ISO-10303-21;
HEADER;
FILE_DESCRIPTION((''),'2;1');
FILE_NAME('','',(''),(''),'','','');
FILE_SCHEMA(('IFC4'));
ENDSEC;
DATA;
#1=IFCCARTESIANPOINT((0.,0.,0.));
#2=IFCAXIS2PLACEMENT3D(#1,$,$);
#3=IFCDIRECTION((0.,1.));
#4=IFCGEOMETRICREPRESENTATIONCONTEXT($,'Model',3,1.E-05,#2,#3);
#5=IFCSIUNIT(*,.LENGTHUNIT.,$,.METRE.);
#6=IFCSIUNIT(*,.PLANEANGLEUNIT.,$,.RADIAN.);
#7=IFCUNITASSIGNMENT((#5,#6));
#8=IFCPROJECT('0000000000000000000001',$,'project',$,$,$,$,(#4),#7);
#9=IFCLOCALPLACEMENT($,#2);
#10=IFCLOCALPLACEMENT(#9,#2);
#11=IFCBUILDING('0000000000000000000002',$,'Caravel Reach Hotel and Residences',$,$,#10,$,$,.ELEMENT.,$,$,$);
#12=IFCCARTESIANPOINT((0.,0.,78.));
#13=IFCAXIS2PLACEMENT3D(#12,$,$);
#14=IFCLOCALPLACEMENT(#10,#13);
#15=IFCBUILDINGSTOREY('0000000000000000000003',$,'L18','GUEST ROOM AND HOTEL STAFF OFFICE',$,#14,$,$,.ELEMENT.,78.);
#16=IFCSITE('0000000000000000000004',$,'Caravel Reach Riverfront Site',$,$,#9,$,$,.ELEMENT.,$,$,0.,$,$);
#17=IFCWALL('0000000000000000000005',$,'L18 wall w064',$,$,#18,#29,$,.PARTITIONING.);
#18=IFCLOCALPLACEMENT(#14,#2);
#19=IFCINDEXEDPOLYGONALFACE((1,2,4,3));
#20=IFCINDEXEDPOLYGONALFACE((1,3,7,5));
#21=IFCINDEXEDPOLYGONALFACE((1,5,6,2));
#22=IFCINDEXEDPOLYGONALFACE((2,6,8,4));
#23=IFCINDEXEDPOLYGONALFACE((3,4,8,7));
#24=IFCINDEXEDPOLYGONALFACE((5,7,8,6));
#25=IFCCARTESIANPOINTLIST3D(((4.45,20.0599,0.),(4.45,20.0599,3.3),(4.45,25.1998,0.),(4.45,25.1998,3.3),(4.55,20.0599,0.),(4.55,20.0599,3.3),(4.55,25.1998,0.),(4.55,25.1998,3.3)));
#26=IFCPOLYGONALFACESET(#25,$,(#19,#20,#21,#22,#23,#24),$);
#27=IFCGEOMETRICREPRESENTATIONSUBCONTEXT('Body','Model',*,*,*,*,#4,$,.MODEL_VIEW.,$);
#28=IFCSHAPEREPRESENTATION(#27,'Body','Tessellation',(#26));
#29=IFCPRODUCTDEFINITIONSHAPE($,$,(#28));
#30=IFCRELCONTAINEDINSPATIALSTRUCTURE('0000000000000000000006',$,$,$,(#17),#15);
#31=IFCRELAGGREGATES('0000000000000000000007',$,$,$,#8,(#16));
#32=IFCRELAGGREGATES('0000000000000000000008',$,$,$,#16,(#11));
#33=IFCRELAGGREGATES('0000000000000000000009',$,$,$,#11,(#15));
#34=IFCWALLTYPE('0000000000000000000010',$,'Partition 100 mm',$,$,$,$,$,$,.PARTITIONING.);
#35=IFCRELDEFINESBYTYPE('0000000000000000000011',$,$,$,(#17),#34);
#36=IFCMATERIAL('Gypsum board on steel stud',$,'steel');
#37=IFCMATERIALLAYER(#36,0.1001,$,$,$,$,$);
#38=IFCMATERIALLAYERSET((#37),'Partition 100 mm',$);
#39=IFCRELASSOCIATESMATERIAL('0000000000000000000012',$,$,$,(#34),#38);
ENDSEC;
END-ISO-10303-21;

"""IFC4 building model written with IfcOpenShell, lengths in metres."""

from ifc_helpers import new_model, si_unit, direction, frame, frame_2d, origin, place, context, subcontext, project, spatial, rectangle, extrude, material, layer, layer_set, type_object, element, save


model = new_model("IFC4")

# Units and contexts
model_context = context("Model", 3, precision=1e-05, world=origin(), true_north=direction((0.0, 1.0)))
body_context = subcontext(model_context, "Body", "Model", "MODEL_VIEW")
ifc_project = project(units=[si_unit("LENGTHUNIT", "METRE"), si_unit("PLANEANGLEUNIT", "RADIAN")], contexts=[model_context])

# Site, building, storey
site_placement = place(None, origin())
site = spatial("IfcSite", under=ifc_project, at=site_placement, Name="Caravel Reach Riverfront Site", CompositionType="ELEMENT", RefElevation=0.0)
building_placement = place(site_placement, origin())
building = spatial("IfcBuilding", under=site, at=building_placement, Name="Caravel Reach Hotel and Residences", CompositionType="ELEMENT")
storey_placement = place(building_placement, frame((0.0, 0.0, 78.0)))
storey = spatial("IfcBuildingStorey", under=building, at=storey_placement, Name="L18", Description="GUEST ROOM AND HOTEL STAFF OFFICE", CompositionType="ELEMENT", Elevation=78.0)

# Wall
ifc_material_1 = material(Name="Gypsum board on steel stud", Category="steel")
ifc_layer_1 = layer(ifc_material_1, 0.1001)
ifc_layer_set_1 = layer_set([ifc_layer_1], Name="Partition 100 mm")
wall_type_1 = type_object("IfcWallType", Name="Partition 100 mm", PredefinedType="PARTITIONING", material=ifc_layer_set_1)
wall_1_placement = place(storey_placement, frame((4.5, 20.0601, 0.0), z_axis=(0.0, 0.0, 1.0), x_axis=(0.0, 1.0, 0.0)))
element("IfcWall", 1, at=wall_1_placement, inside=storey, type_object=wall_type_1, Name="L18 wall w064", PredefinedType="PARTITIONING", context=body_context, shape_type="SweptSolid", body=[
    extrude(rectangle(XDim=5.1399, YDim=0.1001, at=frame_2d((2.5698, 0.0))), origin(), (0.0, 0.0, 1.0), 3.3),
])

save(model, "model.ifc")
